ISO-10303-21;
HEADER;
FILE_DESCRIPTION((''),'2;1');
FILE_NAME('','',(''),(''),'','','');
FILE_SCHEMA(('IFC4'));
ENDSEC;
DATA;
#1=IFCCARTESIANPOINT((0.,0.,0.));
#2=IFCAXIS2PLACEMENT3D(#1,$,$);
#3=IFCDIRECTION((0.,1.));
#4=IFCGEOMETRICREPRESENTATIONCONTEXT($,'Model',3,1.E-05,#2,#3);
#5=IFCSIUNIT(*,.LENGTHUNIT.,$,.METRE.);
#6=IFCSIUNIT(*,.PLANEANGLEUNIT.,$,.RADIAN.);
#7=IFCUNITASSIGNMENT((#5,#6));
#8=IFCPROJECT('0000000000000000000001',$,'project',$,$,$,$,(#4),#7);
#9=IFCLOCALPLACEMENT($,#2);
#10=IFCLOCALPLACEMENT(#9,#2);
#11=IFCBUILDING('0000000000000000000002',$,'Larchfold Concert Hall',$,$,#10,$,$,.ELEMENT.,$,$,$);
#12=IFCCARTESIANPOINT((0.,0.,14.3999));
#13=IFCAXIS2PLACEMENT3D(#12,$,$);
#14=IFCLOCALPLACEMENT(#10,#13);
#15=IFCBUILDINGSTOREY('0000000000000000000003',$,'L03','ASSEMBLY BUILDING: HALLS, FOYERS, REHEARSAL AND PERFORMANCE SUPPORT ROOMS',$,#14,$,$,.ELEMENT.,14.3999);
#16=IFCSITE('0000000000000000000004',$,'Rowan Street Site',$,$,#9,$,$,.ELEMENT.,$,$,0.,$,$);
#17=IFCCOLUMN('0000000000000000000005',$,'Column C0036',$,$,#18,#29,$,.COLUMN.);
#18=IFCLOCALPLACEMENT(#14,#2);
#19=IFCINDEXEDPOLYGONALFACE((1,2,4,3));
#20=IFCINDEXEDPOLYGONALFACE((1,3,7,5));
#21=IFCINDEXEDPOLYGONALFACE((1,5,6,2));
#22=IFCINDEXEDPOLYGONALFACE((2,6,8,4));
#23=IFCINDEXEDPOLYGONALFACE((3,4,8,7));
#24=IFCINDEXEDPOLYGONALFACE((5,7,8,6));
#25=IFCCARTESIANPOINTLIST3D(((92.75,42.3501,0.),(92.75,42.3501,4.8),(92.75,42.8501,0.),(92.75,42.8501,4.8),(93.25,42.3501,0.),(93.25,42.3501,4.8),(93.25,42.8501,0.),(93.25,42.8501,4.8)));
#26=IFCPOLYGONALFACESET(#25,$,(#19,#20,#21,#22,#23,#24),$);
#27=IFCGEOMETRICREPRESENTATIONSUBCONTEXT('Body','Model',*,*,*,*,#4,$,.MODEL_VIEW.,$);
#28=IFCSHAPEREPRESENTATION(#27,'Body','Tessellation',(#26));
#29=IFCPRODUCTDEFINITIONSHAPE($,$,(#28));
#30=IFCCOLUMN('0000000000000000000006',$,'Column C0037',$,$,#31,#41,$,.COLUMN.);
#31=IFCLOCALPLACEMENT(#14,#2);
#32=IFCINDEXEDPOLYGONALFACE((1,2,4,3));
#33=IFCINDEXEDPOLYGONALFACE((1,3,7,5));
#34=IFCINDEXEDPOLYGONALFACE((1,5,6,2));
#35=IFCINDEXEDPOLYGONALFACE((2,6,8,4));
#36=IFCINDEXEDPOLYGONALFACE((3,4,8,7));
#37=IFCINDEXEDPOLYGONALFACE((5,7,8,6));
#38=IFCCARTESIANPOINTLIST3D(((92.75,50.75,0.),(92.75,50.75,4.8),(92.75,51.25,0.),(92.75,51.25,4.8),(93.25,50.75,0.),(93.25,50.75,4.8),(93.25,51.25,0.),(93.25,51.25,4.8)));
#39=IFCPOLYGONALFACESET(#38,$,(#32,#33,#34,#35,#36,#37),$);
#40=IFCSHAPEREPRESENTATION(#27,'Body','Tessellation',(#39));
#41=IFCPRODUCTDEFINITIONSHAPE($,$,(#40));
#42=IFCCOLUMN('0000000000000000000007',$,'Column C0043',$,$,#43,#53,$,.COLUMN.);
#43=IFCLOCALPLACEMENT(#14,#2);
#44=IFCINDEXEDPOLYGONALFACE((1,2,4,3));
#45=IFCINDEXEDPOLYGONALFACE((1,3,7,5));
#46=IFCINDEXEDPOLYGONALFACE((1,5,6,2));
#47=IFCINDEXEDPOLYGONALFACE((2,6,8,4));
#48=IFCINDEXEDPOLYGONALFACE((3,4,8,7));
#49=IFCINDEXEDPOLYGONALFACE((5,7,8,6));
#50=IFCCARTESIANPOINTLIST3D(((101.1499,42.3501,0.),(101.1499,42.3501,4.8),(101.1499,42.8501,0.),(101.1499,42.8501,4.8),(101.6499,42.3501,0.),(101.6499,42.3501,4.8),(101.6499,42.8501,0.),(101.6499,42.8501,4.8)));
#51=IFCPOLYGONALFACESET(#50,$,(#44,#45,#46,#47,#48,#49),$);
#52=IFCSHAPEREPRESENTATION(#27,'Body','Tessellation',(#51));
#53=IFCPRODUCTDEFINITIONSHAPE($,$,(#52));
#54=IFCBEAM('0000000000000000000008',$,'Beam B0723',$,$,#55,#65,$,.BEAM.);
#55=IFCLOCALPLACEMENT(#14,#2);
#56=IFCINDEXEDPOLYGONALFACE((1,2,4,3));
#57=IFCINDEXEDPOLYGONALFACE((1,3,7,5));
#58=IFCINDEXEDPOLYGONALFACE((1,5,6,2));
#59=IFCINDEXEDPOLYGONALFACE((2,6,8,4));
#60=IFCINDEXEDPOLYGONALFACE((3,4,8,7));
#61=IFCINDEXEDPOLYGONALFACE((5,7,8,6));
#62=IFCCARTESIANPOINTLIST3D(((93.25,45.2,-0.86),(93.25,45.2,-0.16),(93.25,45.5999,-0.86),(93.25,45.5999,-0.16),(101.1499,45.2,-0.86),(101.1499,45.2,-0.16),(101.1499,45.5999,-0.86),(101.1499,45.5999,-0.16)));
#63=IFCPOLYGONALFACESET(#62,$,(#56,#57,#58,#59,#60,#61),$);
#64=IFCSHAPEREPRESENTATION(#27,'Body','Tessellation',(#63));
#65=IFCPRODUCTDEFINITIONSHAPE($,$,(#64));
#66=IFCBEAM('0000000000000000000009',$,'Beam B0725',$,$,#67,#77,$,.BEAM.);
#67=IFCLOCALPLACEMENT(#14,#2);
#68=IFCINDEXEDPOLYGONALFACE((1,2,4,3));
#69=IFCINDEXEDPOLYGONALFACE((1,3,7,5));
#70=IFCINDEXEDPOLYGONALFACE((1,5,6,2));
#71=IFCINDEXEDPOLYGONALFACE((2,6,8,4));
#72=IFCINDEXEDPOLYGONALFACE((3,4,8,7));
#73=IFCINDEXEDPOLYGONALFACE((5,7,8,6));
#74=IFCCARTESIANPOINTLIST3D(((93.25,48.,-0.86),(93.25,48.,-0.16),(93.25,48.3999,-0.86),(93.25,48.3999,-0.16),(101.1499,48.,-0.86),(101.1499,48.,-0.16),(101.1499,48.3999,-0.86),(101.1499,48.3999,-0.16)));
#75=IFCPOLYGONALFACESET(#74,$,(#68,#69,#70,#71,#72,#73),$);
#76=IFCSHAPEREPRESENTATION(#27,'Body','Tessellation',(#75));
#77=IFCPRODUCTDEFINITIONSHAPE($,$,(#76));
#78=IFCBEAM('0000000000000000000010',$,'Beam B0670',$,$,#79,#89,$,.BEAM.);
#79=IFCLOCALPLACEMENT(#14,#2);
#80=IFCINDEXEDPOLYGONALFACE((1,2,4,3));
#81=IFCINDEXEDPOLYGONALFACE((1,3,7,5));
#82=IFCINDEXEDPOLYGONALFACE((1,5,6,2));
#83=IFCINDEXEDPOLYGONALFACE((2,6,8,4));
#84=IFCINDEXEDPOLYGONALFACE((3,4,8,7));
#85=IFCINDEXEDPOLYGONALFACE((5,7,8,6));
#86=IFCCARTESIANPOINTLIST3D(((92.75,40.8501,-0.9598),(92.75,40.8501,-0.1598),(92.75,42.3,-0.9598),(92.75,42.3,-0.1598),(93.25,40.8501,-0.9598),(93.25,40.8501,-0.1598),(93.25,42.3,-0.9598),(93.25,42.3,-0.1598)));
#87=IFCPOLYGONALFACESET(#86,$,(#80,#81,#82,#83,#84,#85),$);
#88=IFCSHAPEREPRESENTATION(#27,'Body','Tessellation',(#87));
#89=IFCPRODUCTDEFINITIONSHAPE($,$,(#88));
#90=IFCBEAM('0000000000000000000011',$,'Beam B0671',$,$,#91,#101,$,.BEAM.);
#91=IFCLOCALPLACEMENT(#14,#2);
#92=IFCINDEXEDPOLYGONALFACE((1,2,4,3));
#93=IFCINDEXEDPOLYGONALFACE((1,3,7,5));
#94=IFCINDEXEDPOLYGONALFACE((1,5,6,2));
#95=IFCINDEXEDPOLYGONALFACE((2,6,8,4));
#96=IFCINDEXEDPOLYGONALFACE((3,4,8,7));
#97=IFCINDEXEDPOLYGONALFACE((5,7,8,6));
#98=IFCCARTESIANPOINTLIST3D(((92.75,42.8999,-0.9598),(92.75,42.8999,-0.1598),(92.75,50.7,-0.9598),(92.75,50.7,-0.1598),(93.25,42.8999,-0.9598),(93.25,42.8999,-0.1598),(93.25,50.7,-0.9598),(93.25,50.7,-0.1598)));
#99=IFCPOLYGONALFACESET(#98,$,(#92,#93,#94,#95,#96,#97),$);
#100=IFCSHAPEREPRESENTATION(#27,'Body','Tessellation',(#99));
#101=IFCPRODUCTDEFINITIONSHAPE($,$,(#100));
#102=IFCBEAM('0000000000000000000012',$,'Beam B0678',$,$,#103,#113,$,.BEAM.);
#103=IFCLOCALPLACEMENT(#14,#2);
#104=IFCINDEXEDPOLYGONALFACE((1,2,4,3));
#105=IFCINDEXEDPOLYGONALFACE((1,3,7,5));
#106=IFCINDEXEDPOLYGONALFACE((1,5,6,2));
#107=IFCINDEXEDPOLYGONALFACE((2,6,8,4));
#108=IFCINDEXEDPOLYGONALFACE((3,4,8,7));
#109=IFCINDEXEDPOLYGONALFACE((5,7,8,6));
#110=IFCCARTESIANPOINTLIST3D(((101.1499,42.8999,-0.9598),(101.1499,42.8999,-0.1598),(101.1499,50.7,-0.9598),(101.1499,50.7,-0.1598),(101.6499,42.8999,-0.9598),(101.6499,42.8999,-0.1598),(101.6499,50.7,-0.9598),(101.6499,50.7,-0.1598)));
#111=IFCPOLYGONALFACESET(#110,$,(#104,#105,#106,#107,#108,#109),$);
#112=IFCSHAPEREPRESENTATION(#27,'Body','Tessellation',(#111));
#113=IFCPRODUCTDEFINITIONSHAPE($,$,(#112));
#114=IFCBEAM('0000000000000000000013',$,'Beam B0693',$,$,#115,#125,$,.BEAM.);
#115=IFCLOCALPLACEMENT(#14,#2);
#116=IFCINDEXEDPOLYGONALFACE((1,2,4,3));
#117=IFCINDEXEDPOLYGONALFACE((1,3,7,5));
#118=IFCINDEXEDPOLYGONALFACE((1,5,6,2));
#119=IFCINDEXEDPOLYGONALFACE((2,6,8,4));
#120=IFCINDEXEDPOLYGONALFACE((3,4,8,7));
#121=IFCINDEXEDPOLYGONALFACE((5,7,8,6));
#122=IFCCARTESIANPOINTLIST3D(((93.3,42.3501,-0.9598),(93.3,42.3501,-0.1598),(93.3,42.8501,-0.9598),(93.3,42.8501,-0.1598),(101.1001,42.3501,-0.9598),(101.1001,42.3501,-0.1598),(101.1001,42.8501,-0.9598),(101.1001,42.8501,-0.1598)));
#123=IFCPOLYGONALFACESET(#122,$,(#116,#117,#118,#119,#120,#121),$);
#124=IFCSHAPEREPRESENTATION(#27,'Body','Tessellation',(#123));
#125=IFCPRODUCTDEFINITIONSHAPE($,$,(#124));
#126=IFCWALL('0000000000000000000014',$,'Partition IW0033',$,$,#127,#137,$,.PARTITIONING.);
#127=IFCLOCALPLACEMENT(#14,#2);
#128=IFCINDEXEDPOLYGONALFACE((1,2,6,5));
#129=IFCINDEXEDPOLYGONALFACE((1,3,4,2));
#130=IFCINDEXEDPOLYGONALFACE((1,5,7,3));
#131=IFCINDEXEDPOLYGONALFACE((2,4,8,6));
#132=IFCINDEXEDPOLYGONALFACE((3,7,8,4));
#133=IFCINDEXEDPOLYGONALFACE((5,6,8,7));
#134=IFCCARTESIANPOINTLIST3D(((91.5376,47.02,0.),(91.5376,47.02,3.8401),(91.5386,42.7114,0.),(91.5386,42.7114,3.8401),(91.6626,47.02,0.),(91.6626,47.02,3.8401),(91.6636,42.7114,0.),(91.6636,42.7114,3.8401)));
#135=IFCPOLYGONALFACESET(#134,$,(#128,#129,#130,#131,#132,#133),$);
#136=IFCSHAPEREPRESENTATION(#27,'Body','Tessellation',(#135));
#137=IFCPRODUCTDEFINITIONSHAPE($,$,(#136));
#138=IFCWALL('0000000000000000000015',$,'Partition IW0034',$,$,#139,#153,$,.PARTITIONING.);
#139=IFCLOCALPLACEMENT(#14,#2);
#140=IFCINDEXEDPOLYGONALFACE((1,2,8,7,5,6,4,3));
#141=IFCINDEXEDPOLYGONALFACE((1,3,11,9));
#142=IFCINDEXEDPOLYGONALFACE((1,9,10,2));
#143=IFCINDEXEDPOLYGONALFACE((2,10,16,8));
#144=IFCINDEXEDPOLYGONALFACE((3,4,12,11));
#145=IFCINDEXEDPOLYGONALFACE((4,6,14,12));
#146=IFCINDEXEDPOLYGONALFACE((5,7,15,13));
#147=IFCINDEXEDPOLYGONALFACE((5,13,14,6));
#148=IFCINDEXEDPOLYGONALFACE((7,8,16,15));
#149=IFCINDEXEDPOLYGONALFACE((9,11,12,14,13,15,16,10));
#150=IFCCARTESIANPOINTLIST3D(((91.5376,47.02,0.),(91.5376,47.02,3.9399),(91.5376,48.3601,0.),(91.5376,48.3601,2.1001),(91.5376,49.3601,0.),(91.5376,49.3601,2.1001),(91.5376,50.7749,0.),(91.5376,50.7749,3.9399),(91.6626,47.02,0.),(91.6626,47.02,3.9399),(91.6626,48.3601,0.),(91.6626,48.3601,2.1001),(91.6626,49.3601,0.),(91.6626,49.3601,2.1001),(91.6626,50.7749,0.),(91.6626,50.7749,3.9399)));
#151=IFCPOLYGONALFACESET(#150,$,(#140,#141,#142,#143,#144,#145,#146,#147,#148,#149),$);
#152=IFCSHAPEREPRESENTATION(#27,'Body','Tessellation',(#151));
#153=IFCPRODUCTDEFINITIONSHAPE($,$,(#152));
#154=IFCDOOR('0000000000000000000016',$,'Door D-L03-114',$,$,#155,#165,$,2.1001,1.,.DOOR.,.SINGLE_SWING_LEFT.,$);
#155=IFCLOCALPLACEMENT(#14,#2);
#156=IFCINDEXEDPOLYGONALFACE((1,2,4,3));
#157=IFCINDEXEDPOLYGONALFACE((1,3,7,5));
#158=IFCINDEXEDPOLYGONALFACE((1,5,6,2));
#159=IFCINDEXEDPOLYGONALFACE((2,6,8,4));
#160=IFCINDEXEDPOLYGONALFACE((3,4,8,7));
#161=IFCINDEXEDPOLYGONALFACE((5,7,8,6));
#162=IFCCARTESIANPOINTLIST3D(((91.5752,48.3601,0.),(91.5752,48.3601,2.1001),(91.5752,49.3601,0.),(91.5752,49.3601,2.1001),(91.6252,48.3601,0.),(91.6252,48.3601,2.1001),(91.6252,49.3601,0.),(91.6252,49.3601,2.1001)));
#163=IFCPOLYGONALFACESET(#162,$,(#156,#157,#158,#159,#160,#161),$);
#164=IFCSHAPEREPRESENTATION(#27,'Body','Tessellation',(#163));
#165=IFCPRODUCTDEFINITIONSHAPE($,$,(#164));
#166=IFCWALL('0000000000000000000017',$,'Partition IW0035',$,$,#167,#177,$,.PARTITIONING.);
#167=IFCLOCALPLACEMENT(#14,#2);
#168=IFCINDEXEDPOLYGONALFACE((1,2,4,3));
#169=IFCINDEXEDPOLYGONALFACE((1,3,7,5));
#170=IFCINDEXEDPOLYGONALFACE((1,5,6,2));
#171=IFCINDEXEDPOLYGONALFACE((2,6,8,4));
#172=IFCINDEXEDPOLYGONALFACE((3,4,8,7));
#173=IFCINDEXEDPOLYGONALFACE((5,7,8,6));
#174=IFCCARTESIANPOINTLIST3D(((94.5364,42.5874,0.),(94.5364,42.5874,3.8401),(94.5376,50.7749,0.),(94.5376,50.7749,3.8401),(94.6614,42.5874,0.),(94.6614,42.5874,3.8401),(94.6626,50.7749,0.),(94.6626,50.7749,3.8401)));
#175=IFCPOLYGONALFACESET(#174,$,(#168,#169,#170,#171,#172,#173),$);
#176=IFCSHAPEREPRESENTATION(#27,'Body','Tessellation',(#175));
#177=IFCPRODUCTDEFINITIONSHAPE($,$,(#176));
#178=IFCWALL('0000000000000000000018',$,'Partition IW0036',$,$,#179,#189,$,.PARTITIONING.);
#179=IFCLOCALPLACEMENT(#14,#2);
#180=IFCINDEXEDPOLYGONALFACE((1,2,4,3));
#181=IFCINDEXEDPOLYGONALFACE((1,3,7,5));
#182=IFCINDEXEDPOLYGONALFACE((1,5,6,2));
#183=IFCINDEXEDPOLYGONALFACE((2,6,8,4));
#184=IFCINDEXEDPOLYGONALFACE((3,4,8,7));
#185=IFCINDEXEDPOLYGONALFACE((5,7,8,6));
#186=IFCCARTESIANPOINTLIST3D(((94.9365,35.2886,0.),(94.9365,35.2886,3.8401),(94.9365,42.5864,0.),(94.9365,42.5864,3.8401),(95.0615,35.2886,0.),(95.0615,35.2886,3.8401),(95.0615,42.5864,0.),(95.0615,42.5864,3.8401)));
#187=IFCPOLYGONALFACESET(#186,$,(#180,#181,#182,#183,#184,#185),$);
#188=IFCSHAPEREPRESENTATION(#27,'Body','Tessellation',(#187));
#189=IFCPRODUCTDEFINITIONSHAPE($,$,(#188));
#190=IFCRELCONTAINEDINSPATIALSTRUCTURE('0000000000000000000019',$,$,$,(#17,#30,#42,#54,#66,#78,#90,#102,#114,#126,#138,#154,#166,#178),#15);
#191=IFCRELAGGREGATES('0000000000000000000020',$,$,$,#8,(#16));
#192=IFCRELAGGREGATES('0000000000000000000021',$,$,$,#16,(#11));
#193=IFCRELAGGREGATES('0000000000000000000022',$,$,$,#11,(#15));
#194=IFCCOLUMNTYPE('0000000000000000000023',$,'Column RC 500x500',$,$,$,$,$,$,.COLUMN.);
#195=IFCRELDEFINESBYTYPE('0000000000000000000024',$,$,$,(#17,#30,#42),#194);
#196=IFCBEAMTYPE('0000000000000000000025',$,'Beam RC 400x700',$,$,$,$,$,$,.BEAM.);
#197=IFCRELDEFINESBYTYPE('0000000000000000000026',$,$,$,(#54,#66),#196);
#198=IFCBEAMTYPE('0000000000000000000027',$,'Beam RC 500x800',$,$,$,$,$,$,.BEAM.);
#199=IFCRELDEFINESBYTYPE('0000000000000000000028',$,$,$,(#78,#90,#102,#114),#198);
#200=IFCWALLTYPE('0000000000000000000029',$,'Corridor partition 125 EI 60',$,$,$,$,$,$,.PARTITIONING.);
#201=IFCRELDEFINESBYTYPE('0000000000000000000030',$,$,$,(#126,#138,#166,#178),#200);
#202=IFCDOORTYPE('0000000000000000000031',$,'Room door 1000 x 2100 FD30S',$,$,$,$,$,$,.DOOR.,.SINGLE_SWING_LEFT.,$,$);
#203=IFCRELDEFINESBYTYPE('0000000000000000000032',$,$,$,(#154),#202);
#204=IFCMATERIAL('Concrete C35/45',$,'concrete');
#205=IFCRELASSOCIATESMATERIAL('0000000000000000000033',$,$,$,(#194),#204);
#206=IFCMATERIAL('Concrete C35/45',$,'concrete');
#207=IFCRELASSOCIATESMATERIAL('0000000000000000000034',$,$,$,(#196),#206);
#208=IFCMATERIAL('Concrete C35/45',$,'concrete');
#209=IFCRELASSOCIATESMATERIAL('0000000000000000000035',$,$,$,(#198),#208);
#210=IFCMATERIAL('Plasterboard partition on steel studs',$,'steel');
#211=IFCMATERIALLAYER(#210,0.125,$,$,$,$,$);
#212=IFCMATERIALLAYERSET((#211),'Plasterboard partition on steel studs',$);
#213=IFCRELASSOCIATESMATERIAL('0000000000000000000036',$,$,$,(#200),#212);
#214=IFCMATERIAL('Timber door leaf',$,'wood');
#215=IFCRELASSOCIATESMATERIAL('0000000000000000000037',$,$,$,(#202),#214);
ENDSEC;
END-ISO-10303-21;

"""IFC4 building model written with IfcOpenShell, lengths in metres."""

from ifc_helpers import new_model, si_unit, direction, frame, frame_2d, origin, origin_2d, place, context, subcontext, project, spatial, rectangle, extrude, material, layer, layer_set, material_profile, profile_set, type_object, element, fill, save


model = new_model("IFC4")

# Units and contexts
model_context = context("Model", 3, precision=1e-05, world=origin(), true_north=direction((0.0, 1.0)))
body_context = subcontext(model_context, "Body", "Model", "MODEL_VIEW")
ifc_project = project(units=[si_unit("LENGTHUNIT", "METRE"), si_unit("PLANEANGLEUNIT", "RADIAN")], contexts=[model_context])

# Site, building, storey
site_placement = place(None, origin())
site = spatial("IfcSite", under=ifc_project, at=site_placement, Name="Rowan Street Site", CompositionType="ELEMENT", RefElevation=0.0)
building_placement = place(site_placement, origin())
building = spatial("IfcBuilding", under=site, at=building_placement, Name="Larchfold Concert Hall", CompositionType="ELEMENT")
storey_placement = place(building_placement, frame((0.0, 0.0, 14.3999)))
storey = spatial("IfcBuildingStorey", under=building, at=storey_placement, Name="L03", Description="ASSEMBLY BUILDING: HALLS, FOYERS, REHEARSAL AND PERFORMANCE SUPPORT ROOMS", CompositionType="ELEMENT", Elevation=14.3999)

# Columns
ifc_material_1 = material(Name="Concrete C35/45", Category="concrete")
ifc_material_profile_1 = material_profile(ifc_material_1, rectangle(XDim=0.5, YDim=0.5, at=origin_2d()))
ifc_profile_set_1 = profile_set([ifc_material_profile_1], Name="Concrete C35/45")
column_type = type_object("IfcColumnType", Name="Column RC 500x500", PredefinedType="COLUMN", material=ifc_profile_set_1)
for number, where, z_axis, x_axis, name in (
    (1, (93.0, 42.6001, 0.0), (0.0, 0.0, 1.0), (1.0, 0.0, 0.0), "Column C0036"),
    (2, (93.0, 51.0, 0.0), (0.0, 0.0, 1.0), (1.0, 0.0, 0.0), "Column C0037"),
    (3, (101.3999, 42.6001, 0.0), (0.0, 0.0, 1.0), (1.0, 0.0, 0.0), "Column C0043"),
):
    element("IfcColumn", number, at=place(storey_placement, frame(where, z_axis=z_axis, x_axis=x_axis)), inside=storey, type_object=column_type, Name=name, PredefinedType="COLUMN", context=body_context, shape_type="SweptSolid", body=[
        extrude(rectangle(XDim=0.5, YDim=0.5, at=origin_2d()), origin(), (0.0, 0.0, 1.0), 4.8),
    ])

# Beams
ifc_material_2 = material(Name="Concrete C35/45", Category="concrete")
ifc_material_profile_2 = material_profile(ifc_material_2, rectangle(XDim=0.3999, YDim=0.7, at=origin_2d()))
ifc_profile_set_2 = profile_set([ifc_material_profile_2], Name="Concrete C35/45")
beam_type_1 = type_object("IfcBeamType", Name="Beam RC 400x700", PredefinedType="BEAM", material=ifc_profile_set_2)
for number, where, z_axis, x_axis, name in (
    (4, (93.25, 45.3999, -0.51), (1.0, 0.0, 0.0), (0.0, 1.0, 0.0), "Beam B0723"),
    (5, (93.25, 48.2, -0.51), (1.0, 0.0, 0.0), (0.0, 1.0, 0.0), "Beam B0725"),
):
    element("IfcBeam", number, at=place(storey_placement, frame(where, z_axis=z_axis, x_axis=x_axis)), inside=storey, type_object=beam_type_1, Name=name, PredefinedType="BEAM", context=body_context, shape_type="SweptSolid", body=[
        extrude(rectangle(XDim=0.3999, YDim=0.7, at=origin_2d()), origin(), (0.0, 0.0, 1.0), 7.8999),
    ])
ifc_material_3 = material(Name="Concrete C35/45", Category="concrete")
ifc_material_profile_3 = material_profile(ifc_material_3, rectangle(XDim=0.5, YDim=0.8, at=origin_2d()))
ifc_profile_set_3 = profile_set([ifc_material_profile_3], Name="Concrete C35/45")
beam_type_2 = type_object("IfcBeamType", Name="Beam RC 500x800", PredefinedType="BEAM", material=ifc_profile_set_3)
beam_placement = place(storey_placement, frame((93.0, 40.8501, -0.5598), z_axis=(0.0, 1.0, 0.0), x_axis=(-1.0, 0.0, 0.0)))
element("IfcBeam", 6, at=beam_placement, inside=storey, type_object=beam_type_2, Name="Beam B0670", PredefinedType="BEAM", context=body_context, shape_type="SweptSolid", body=[
    extrude(rectangle(XDim=0.5, YDim=0.8, at=origin_2d()), origin(), (0.0, 0.0, 1.0), 1.45),
])
for number, where, z_axis, x_axis, name in (
    (7, (93.0, 42.8999, -0.5598), (0.0, 1.0, 0.0), (-1.0, 0.0, 0.0), "Beam B0671"),
    (8, (101.3999, 42.8999, -0.5598), (0.0, 1.0, 0.0), (-1.0, 0.0, 0.0), "Beam B0678"),
    (9, (93.3, 42.6001, -0.5598), (1.0, 0.0, 0.0), (0.0, 1.0, 0.0), "Beam B0693"),
):
    element("IfcBeam", number, at=place(storey_placement, frame(where, z_axis=z_axis, x_axis=x_axis)), inside=storey, type_object=beam_type_2, Name=name, PredefinedType="BEAM", context=body_context, shape_type="SweptSolid", body=[
        extrude(rectangle(XDim=0.5, YDim=0.8, at=origin_2d()), origin(), (0.0, 0.0, 1.0), 7.8),
    ])

# Wall
ifc_material_4 = material(Name="Plasterboard partition on steel studs", Category="steel")
ifc_layer_1 = layer(ifc_material_4, 0.125)
ifc_layer_set_1 = layer_set([ifc_layer_1], Name="Plasterboard partition on steel studs")
wall_type_1 = type_object("IfcWallType", Name="Corridor partition 125 EI 60", PredefinedType="PARTITIONING", material=ifc_layer_set_1)
wall_1_placement = place(storey_placement, frame((91.6011, 42.7114, 0.0), z_axis=(0.0, 0.0, 1.0), x_axis=(-0.000227, 1.0, 0.0)))
element("IfcWall", 10, at=wall_1_placement, inside=storey, type_object=wall_type_1, Name="Partition IW0033", PredefinedType="PARTITIONING", context=body_context, shape_type="SweptSolid", body=[
    extrude(rectangle(XDim=4.3086, YDim=0.125, at=frame_2d((2.1543, 0.0))), origin(), (0.0, 0.0, 1.0), 3.8401),
])

# Wall, opening, door
wall_2_placement = place(storey_placement, frame((91.6001, 47.02, 0.0), z_axis=(0.0, 0.0, 1.0), x_axis=(0.0, 1.0, 0.0)))
wall_2 = element("IfcWall", 11, at=wall_2_placement, inside=storey, type_object=wall_type_1, Name="Partition IW0034", PredefinedType="PARTITIONING", context=body_context, shape_type="SweptSolid", body=[
    extrude(rectangle(XDim=3.7549, YDim=0.125, at=frame_2d((1.8774, 0.0))), origin(), (0.0, 0.0, 1.0), 3.9399),
])
opening_1_placement = place(wall_2_placement, frame((1.3401, 0.0, 0.0)))
opening_1 = element("IfcOpeningElement", 12, at=opening_1_placement, cuts=wall_2, PredefinedType="OPENING", context=body_context, shape_type="SweptSolid", body=[
    extrude(rectangle(XDim=1.0, YDim=2.1001, at=frame_2d((0.5, 1.05))), frame((0.0, 0.0725, 0.0), z_axis=(0.0, -1.0, 0.0), x_axis=(1.0, 0.0, 0.0)), (0.0, 0.0, 1.0), 0.145),
])
ifc_material_5 = material(Name="Timber door leaf", Category="wood")
door_type = type_object("IfcDoorType", Name="Room door 1000 x 2100 FD30S", OperationType="SINGLE_SWING_LEFT", PredefinedType="DOOR", material=ifc_material_5)
door_placement = place(opening_1_placement, origin())
door = element("IfcDoor", 13, at=door_placement, inside=storey, type_object=door_type, Name="Door D-L03-114", OperationType="SINGLE_SWING_LEFT", OverallHeight=2.1001, OverallWidth=1.0, PredefinedType="DOOR", context=body_context, shape_type="SweptSolid", body=[
    extrude(rectangle(XDim=1.0, YDim=2.1001, at=frame_2d((0.5, 1.05))), frame((0.0, 0.0249, 0.0), z_axis=(0.0, -1.0, 0.0), x_axis=(1.0, 0.0, 0.0)), (0.0, 0.0, 1.0), 0.05),
])
fill(opening_1, door)

# Walls
wall_3_placement = place(storey_placement, frame((94.6001, 50.7749, 0.0), z_axis=(0.0, 0.0, 1.0), x_axis=(-0.000149, -1.0, 0.0)))
element("IfcWall", 14, at=wall_3_placement, inside=storey, type_object=wall_type_1, Name="Partition IW0035", PredefinedType="PARTITIONING", context=body_context, shape_type="SweptSolid", body=[
    extrude(rectangle(XDim=8.1875, YDim=0.125, at=frame_2d((4.0938, 0.0))), origin(), (0.0, 0.0, 1.0), 3.8401),
])
wall_4_placement = place(storey_placement, frame((94.999, 42.5864, 0.0), z_axis=(0.0, 0.0, 1.0), x_axis=(0.0, -1.0, 0.0)))
element("IfcWall", 15, at=wall_4_placement, inside=storey, type_object=wall_type_1, Name="Partition IW0036", PredefinedType="PARTITIONING", context=body_context, shape_type="SweptSolid", body=[
    extrude(rectangle(XDim=7.2979, YDim=0.125, at=frame_2d((3.6489, 0.0))), origin(), (0.0, 0.0, 1.0), 3.8401),
])

save(model, "model.ifc")
